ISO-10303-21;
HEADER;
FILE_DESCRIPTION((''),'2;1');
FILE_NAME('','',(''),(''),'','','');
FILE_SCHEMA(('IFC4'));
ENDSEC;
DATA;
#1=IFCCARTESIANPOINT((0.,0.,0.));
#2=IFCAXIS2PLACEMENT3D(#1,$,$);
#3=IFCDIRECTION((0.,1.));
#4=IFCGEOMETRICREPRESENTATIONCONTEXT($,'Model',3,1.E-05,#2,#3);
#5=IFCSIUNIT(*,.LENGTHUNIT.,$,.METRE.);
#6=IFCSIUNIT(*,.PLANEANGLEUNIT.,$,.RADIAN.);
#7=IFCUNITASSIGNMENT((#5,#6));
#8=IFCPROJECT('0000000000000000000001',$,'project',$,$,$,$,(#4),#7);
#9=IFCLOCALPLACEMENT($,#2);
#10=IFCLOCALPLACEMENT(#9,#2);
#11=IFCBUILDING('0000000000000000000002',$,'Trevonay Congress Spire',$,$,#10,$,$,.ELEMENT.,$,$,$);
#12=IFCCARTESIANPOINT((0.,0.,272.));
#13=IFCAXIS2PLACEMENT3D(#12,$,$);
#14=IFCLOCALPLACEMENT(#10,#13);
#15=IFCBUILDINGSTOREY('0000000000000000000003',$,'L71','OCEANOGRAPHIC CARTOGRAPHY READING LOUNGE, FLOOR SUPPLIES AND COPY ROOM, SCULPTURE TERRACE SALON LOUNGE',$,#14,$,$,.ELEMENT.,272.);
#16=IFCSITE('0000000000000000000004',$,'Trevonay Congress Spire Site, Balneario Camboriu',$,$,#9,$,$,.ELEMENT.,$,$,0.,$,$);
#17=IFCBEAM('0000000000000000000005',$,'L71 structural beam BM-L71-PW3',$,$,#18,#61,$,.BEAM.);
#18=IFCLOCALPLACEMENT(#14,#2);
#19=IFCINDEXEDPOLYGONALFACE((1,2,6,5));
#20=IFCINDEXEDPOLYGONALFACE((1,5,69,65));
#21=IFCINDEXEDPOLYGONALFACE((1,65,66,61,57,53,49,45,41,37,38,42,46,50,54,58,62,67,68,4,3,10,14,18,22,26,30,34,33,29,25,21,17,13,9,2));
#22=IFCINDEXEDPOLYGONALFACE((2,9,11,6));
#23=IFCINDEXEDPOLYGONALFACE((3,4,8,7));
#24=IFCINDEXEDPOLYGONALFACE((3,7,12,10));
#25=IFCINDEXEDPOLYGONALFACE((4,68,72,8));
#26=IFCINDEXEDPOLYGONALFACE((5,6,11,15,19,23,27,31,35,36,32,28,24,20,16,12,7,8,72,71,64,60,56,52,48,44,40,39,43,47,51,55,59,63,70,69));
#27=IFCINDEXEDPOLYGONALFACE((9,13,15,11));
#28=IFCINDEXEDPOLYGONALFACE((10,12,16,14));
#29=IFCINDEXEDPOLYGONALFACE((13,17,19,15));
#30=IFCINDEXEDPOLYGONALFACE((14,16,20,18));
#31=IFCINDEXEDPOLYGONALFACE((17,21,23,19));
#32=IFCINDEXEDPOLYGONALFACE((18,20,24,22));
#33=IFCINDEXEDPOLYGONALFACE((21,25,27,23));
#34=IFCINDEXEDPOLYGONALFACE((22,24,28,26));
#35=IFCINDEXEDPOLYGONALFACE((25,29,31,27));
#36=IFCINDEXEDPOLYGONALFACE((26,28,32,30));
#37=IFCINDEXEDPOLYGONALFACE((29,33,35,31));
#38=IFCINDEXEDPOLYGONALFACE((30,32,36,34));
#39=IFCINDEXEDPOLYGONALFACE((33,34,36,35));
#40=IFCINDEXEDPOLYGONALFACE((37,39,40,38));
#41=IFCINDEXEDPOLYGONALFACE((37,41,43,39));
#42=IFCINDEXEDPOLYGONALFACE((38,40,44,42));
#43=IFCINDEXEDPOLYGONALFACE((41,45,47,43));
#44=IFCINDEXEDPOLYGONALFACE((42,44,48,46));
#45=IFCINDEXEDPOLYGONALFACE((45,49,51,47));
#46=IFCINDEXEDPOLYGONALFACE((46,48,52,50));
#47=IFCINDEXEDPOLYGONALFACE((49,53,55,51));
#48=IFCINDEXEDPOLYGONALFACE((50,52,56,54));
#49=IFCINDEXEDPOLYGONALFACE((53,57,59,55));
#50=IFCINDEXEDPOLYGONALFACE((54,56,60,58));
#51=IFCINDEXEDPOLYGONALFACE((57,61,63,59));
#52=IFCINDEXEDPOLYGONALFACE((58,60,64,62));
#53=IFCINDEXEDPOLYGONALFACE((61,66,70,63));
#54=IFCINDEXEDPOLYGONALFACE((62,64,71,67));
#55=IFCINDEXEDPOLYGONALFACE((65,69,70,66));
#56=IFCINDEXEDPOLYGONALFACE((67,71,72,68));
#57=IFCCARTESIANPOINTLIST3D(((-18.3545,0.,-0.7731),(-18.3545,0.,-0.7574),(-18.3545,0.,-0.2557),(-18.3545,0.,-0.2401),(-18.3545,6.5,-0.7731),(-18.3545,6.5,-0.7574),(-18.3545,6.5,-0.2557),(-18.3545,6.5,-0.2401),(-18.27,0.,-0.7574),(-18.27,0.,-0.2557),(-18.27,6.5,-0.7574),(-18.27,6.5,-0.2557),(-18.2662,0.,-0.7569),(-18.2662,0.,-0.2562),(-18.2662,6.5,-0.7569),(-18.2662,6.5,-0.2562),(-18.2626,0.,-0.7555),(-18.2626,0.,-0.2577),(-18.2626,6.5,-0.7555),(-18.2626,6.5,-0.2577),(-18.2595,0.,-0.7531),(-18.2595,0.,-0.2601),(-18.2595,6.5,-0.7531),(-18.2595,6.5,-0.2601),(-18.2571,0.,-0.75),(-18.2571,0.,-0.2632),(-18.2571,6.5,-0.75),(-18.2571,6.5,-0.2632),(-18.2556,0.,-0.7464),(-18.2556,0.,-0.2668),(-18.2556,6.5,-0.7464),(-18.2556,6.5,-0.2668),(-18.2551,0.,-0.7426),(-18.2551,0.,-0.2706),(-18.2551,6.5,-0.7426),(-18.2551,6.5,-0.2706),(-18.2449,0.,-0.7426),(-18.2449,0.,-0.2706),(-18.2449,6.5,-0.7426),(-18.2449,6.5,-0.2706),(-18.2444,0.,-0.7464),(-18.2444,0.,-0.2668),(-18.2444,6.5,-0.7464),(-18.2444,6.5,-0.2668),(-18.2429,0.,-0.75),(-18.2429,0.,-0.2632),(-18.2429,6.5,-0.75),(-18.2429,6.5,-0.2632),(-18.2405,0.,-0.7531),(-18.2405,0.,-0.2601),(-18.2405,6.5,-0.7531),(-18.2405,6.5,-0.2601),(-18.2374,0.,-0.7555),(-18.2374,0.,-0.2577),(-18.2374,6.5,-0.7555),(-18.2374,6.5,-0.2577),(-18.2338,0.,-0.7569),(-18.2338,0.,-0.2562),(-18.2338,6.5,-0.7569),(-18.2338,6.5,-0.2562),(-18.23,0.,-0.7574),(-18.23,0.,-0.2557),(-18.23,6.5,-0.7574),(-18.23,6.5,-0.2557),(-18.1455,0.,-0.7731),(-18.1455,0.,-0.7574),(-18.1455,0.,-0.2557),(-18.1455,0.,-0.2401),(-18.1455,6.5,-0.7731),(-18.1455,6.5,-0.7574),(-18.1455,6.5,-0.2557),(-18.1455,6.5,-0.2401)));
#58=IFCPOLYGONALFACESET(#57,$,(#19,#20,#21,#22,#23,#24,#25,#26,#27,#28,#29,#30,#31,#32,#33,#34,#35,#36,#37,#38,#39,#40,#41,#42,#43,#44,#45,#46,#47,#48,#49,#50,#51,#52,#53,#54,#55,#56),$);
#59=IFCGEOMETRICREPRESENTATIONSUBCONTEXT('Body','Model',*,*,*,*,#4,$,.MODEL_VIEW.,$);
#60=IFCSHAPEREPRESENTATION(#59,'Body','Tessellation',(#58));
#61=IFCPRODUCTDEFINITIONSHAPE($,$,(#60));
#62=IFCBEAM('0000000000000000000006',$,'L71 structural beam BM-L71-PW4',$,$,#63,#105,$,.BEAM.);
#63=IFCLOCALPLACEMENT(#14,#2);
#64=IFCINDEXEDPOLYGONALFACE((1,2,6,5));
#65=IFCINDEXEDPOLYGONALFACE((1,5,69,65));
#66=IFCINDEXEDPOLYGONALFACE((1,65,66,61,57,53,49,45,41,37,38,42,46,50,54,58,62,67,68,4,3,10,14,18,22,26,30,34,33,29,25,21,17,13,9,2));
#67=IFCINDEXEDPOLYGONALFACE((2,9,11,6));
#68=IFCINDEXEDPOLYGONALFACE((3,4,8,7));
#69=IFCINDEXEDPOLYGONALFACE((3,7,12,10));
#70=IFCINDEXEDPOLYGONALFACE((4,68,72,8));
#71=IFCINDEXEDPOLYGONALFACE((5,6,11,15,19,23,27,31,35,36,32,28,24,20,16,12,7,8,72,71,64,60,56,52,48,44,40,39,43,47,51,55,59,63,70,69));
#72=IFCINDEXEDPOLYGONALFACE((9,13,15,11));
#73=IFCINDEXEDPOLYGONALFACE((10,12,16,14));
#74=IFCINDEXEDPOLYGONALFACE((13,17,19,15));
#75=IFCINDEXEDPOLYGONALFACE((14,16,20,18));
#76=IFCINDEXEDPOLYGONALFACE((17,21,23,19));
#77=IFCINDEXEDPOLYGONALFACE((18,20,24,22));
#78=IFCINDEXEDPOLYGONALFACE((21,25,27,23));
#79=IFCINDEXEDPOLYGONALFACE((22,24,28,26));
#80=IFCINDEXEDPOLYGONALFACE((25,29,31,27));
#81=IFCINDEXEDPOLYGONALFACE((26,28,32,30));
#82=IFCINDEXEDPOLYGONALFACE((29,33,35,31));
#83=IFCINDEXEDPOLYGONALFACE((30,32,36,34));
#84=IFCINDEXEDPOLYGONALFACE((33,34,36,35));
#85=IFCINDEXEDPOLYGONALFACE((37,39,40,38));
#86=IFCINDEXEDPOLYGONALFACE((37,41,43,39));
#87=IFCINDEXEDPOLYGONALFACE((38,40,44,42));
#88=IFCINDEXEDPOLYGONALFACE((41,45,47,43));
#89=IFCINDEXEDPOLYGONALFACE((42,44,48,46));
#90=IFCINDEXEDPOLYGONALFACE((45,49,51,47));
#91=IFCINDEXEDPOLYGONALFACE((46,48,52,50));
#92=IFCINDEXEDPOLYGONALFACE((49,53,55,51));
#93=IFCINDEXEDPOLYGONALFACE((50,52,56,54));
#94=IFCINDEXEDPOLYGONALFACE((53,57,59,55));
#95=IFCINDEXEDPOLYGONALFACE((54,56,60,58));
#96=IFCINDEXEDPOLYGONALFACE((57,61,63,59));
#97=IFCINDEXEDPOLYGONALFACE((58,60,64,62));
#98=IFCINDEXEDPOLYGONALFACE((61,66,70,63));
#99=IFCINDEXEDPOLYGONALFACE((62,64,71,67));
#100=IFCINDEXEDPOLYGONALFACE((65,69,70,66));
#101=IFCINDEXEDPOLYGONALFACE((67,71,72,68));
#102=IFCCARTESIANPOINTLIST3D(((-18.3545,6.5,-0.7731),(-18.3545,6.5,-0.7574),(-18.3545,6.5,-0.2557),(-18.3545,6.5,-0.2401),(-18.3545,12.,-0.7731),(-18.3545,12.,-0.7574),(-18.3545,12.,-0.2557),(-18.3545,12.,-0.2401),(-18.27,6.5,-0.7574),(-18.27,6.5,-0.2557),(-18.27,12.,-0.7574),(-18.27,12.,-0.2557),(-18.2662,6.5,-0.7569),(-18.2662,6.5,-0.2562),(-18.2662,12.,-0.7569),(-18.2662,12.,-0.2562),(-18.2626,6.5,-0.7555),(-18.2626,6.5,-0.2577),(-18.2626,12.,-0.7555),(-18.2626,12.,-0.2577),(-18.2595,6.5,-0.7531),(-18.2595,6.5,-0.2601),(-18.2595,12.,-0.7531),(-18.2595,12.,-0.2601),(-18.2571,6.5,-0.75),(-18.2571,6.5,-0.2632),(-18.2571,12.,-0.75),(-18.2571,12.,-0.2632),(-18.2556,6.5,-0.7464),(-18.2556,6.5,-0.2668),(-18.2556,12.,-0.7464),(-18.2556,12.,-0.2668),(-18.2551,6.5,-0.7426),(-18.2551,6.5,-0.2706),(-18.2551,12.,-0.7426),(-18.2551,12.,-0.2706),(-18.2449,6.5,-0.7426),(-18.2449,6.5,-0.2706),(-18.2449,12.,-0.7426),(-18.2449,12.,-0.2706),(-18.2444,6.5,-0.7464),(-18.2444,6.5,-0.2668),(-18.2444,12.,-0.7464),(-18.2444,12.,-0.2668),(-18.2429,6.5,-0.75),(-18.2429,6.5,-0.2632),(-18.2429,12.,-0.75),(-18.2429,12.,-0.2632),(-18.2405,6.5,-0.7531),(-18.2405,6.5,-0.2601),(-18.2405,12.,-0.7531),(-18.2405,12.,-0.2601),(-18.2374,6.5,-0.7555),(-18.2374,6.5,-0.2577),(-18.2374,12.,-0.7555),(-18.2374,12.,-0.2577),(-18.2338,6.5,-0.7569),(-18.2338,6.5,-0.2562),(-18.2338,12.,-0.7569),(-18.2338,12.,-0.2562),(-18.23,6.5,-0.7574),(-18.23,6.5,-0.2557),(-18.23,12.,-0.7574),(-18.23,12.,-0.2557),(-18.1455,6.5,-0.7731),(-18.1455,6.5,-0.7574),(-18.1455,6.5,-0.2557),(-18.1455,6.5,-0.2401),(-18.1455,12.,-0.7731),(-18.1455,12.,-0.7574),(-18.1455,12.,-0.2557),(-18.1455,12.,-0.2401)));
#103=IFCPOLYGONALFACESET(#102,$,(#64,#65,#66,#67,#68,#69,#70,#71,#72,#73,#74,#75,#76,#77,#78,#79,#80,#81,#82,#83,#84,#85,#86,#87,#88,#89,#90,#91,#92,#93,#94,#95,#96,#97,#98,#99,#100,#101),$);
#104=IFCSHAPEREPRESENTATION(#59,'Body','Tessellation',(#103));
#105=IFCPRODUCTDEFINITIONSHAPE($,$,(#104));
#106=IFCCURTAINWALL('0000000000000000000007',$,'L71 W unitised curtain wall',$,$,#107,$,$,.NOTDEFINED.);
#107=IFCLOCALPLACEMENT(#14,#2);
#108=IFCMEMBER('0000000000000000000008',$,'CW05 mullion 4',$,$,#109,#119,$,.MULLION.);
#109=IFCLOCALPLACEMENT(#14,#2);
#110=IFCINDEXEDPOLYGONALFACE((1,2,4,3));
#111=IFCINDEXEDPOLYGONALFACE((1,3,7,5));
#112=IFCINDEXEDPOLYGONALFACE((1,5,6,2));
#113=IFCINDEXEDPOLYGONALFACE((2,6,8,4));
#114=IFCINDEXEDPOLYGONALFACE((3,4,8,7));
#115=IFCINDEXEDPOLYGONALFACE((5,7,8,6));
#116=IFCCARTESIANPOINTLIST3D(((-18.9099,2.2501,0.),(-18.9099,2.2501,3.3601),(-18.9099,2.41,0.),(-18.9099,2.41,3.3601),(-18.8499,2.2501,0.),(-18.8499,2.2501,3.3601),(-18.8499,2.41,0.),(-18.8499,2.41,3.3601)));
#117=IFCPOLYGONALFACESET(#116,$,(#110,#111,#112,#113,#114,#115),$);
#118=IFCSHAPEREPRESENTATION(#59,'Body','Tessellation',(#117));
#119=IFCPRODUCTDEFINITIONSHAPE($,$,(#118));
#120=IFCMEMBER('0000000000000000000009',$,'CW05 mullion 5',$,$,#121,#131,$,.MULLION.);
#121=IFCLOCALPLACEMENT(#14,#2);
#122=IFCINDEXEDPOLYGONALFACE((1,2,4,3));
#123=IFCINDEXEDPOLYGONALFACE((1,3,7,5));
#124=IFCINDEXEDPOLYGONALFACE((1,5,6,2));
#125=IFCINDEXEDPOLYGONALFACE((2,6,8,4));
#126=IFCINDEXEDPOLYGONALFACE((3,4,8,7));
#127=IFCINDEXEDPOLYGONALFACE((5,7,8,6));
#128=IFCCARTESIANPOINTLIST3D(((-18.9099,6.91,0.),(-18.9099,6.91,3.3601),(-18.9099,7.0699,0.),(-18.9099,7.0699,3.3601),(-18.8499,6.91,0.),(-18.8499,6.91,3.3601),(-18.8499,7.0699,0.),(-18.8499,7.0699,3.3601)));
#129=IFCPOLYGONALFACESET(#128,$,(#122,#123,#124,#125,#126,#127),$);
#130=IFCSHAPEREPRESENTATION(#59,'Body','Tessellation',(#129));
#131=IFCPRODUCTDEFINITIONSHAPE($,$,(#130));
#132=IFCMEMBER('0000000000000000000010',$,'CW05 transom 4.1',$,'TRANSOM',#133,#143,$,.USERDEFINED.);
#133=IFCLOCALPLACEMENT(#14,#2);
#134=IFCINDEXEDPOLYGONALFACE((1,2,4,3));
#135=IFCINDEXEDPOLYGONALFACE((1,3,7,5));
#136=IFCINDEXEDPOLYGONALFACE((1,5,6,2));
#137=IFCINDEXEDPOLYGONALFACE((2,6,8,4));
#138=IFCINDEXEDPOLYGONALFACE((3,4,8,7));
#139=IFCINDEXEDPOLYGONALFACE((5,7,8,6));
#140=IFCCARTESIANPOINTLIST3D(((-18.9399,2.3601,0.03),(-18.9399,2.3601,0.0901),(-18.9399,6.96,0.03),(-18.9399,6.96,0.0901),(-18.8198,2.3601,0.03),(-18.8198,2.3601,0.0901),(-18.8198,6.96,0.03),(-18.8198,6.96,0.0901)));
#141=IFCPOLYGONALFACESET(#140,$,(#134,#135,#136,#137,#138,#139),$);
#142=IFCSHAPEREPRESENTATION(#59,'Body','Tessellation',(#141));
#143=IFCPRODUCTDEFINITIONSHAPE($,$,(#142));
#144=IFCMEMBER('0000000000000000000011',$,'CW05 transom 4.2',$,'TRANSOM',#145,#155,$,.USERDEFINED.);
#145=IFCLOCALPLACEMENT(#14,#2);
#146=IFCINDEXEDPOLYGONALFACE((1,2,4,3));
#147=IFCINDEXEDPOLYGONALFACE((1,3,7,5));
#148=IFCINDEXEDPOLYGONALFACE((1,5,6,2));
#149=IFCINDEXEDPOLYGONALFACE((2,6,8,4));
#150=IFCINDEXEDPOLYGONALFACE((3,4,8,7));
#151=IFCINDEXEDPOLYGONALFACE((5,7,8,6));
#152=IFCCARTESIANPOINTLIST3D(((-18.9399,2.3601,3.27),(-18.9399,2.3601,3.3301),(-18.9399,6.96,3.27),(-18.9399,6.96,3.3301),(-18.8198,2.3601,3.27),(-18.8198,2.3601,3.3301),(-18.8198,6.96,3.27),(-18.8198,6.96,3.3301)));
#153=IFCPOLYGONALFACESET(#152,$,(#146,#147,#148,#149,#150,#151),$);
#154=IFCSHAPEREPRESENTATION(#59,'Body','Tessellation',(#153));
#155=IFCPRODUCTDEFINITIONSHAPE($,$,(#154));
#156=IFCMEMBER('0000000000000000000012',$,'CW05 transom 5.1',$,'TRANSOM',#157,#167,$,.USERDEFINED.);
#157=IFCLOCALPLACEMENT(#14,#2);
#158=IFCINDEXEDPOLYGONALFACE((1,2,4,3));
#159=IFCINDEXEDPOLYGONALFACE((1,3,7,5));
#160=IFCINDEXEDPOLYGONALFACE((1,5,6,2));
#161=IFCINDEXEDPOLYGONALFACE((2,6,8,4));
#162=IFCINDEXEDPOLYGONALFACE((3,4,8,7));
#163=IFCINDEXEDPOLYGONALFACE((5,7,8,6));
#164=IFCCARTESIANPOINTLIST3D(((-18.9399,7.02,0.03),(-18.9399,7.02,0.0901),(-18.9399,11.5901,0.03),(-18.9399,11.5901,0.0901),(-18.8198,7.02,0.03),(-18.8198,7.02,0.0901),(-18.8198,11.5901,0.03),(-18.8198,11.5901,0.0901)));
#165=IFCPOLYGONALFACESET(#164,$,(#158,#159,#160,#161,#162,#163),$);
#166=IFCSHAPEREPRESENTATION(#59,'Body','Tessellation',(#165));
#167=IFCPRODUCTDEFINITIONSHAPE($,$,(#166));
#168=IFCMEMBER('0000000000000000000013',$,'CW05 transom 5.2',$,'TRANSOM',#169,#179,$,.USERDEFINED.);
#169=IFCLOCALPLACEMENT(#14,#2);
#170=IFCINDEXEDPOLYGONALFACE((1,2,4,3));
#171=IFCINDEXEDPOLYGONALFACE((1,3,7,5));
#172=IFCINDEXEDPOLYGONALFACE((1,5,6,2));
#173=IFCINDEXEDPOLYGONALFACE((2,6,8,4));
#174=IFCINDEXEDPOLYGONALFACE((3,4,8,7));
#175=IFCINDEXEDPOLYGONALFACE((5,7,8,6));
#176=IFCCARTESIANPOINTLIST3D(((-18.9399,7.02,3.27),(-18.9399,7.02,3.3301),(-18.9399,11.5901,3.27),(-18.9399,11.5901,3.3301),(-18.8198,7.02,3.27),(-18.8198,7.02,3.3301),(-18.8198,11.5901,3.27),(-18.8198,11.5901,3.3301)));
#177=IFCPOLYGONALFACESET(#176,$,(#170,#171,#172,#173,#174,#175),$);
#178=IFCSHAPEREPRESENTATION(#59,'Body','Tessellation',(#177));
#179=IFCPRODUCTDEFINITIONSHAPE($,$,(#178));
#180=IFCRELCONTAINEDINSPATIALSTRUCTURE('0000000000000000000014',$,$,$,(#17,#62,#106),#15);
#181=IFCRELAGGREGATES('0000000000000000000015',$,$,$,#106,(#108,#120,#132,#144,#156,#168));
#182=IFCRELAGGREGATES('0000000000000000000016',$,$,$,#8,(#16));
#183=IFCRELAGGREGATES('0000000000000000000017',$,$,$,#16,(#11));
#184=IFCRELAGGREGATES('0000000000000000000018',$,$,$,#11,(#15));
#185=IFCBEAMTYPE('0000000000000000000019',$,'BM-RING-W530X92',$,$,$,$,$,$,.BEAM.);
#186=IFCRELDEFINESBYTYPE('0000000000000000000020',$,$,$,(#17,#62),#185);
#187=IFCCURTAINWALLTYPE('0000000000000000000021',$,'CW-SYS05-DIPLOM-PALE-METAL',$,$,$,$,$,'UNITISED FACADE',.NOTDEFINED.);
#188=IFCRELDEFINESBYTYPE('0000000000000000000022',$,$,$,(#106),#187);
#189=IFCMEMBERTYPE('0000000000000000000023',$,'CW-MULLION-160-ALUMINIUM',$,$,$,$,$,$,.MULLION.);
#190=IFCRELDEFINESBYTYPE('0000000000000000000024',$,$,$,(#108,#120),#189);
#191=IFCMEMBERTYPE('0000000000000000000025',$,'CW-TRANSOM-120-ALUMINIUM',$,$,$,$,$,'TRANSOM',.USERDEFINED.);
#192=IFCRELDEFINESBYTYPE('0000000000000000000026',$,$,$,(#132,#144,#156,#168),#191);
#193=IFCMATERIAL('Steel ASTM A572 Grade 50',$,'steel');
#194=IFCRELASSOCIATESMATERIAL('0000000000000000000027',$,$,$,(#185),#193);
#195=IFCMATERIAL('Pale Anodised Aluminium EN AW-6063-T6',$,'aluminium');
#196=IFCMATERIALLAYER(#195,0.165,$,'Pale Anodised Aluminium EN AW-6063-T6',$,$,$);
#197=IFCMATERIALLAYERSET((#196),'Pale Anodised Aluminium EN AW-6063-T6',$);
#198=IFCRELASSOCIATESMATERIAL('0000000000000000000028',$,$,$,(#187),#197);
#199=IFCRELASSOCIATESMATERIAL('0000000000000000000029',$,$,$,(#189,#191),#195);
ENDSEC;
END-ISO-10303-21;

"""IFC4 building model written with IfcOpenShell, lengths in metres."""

from ifc_helpers import new_model, si_unit, direction, frame, origin, origin_2d, place, context, subcontext, project, spatial, rectangle, i_section, extrude, material, layer, layer_set, material_profile, profile_set, type_object, element, aggregate, save


model = new_model("IFC4")

# Units and contexts
model_context = context("Model", 3, precision=1e-05, world=origin(), true_north=direction((0.0, 1.0)))
body_context = subcontext(model_context, "Body", "Model", "MODEL_VIEW")
ifc_project = project(units=[si_unit("LENGTHUNIT", "METRE"), si_unit("PLANEANGLEUNIT", "RADIAN")], contexts=[model_context])

# Site, building, storey
site_placement = place(None, origin())
site = spatial("IfcSite", under=ifc_project, at=site_placement, Name="Trevonay Congress Spire Site, Balneario Camboriu", CompositionType="ELEMENT", RefElevation=0.0)
building_placement = place(site_placement, origin())
building = spatial("IfcBuilding", under=site, at=building_placement, Name="Trevonay Congress Spire", CompositionType="ELEMENT")
storey_placement = place(building_placement, frame((0.0, 0.0, 272.0)))
storey = spatial("IfcBuildingStorey", under=building, at=storey_placement, Name="L71", Description="OCEANOGRAPHIC CARTOGRAPHY READING LOUNGE, FLOOR SUPPLIES AND COPY ROOM, SCULPTURE TERRACE SALON LOUNGE", CompositionType="ELEMENT", Elevation=272.0)

# Shared definitions
ifc_material_1 = material(Name="Steel ASTM A572 Grade 50", Category="steel")

# Beams
ifc_material_profile_1 = material_profile(ifc_material_1, i_section(OverallWidth=0.209, OverallDepth=0.533, WebThickness=0.0103, FlangeThickness=0.0156, FilletRadius=0.0149, at=origin_2d()), Name="W530x92")
ifc_profile_set_1 = profile_set([ifc_material_profile_1], Name="Steel ASTM A572 Grade 50")
beam_type_1 = type_object("IfcBeamType", Name="BM-RING-W530X92", PredefinedType="BEAM", material=ifc_profile_set_1)
beam_1_placement = place(storey_placement, frame((-18.25, 0.0, -0.5066), z_axis=(0.0, 1.0, 0.0), x_axis=(-1.0, 0.0, 0.0)))
element("IfcBeam", 1, at=beam_1_placement, inside=storey, type_object=beam_type_1, Name="L71 structural beam BM-L71-PW3", PredefinedType="BEAM", context=body_context, shape_type="SweptSolid", body=[
    extrude(i_section(OverallWidth=0.209, OverallDepth=0.533, WebThickness=0.0103, FlangeThickness=0.0156, FilletRadius=0.0149, at=origin_2d()), origin(), (0.0, 0.0, 1.0), 6.5),
])
beam_2_placement = place(storey_placement, frame((-18.25, 6.5, -0.5066), z_axis=(0.0, 1.0, 0.0), x_axis=(-1.0, 0.0, 0.0)))
element("IfcBeam", 2, at=beam_2_placement, inside=storey, type_object=beam_type_1, Name="L71 structural beam BM-L71-PW4", PredefinedType="BEAM", context=body_context, shape_type="SweptSolid", body=[
    extrude(i_section(OverallWidth=0.209, OverallDepth=0.533, WebThickness=0.0103, FlangeThickness=0.0156, FilletRadius=0.0149, at=origin_2d()), origin(), (0.0, 0.0, 1.0), 5.5),
])

# Curtain wall, members
ifc_material_2 = material(Name="Pale Anodised Aluminium EN AW-6063-T6", Category="aluminium")
ifc_layer_1 = layer(ifc_material_2, 0.165, Name="Pale Anodised Aluminium EN AW-6063-T6")
ifc_layer_set_1 = layer_set([ifc_layer_1], Name="Pale Anodised Aluminium EN AW-6063-T6")
curtain_wall_type = type_object("IfcCurtainWallType", Name="CW-SYS05-DIPLOM-PALE-METAL", ElementType="UNITISED FACADE", PredefinedType="NOTDEFINED", material=ifc_layer_set_1)
curtain_wall_placement = place(storey_placement, origin())
curtain_wall = element("IfcCurtainWall", 3, at=curtain_wall_placement, inside=storey, type_object=curtain_wall_type, Name="L71 W unitised curtain wall", PredefinedType="NOTDEFINED")
ifc_material_profile_2 = material_profile(ifc_material_2, rectangle(XDim=0.0601, YDim=0.1599, at=origin_2d()), Name="CW-MULLION-160-ALUMINIUM")
ifc_profile_set_2 = profile_set([ifc_material_profile_2], Name="Pale Anodised Aluminium EN AW-6063-T6")
member_type_1 = type_object("IfcMemberType", Name="CW-MULLION-160-ALUMINIUM", PredefinedType="MULLION", material=ifc_profile_set_2)
member_1_placement = place(storey_placement, frame((-18.8799, 2.3301, 0.0), z_axis=(0.0, 0.0, 1.0), x_axis=(-1.0, 0.0, 0.0)))
member_1 = element("IfcMember", 4, at=member_1_placement, type_object=member_type_1, Name="CW05 mullion 4", PredefinedType="MULLION", context=body_context, shape_type="SweptSolid", body=[
    extrude(rectangle(XDim=0.0601, YDim=0.1599, at=origin_2d()), origin(), (0.0, 0.0, 1.0), 3.3601),
])
member_2_placement = place(storey_placement, frame((-18.8799, 6.99, 0.0), z_axis=(0.0, 0.0, 1.0), x_axis=(-1.0, 0.0, 0.0)))
member_2 = element("IfcMember", 5, at=member_2_placement, type_object=member_type_1, Name="CW05 mullion 5", PredefinedType="MULLION", context=body_context, shape_type="SweptSolid", body=[
    extrude(rectangle(XDim=0.0601, YDim=0.1599, at=origin_2d()), origin(), (0.0, 0.0, 1.0), 3.3601),
])
ifc_material_profile_3 = material_profile(ifc_material_2, rectangle(XDim=0.1201, YDim=0.0601, at=origin_2d()), Name="CW-TRANSOM-120-ALUMINIUM")
ifc_profile_set_3 = profile_set([ifc_material_profile_3], Name="Pale Anodised Aluminium EN AW-6063-T6")
member_type_2 = type_object("IfcMemberType", Name="CW-TRANSOM-120-ALUMINIUM", ElementType="TRANSOM", PredefinedType="USERDEFINED", material=ifc_profile_set_3)
member_3_placement = place(storey_placement, frame((-18.8799, 2.3601, 0.0601), z_axis=(0.0, 1.0, 0.0), x_axis=(-1.0, 0.0, 0.0)))
member_3 = element("IfcMember", 6, at=member_3_placement, type_object=member_type_2, Name="CW05 transom 4.1", ObjectType="TRANSOM", PredefinedType="USERDEFINED", context=body_context, shape_type="SweptSolid", body=[
    extrude(rectangle(XDim=0.1201, YDim=0.0601, at=origin_2d()), origin(), (0.0, 0.0, 1.0), 4.5999),
])
member_4_placement = place(storey_placement, frame((-18.8799, 2.3601, 3.3), z_axis=(0.0, 1.0, 0.0), x_axis=(-1.0, 0.0, 0.0)))
member_4 = element("IfcMember", 7, at=member_4_placement, type_object=member_type_2, Name="CW05 transom 4.2", ObjectType="TRANSOM", PredefinedType="USERDEFINED", context=body_context, shape_type="SweptSolid", body=[
    extrude(rectangle(XDim=0.1201, YDim=0.0601, at=origin_2d()), origin(), (0.0, 0.0, 1.0), 4.5999),
])
member_5_placement = place(storey_placement, frame((-18.8799, 7.02, 0.0601), z_axis=(0.0, 1.0, 0.0), x_axis=(-1.0, 0.0, 0.0)))
member_5 = element("IfcMember", 8, at=member_5_placement, type_object=member_type_2, Name="CW05 transom 5.1", ObjectType="TRANSOM", PredefinedType="USERDEFINED", context=body_context, shape_type="SweptSolid", body=[
    extrude(rectangle(XDim=0.1201, YDim=0.0601, at=origin_2d()), origin(), (0.0, 0.0, 1.0), 4.5701),
])
member_6_placement = place(storey_placement, frame((-18.8799, 7.02, 3.3), z_axis=(0.0, 1.0, 0.0), x_axis=(-1.0, 0.0, 0.0)))
member_6 = element("IfcMember", 9, at=member_6_placement, type_object=member_type_2, Name="CW05 transom 5.2", ObjectType="TRANSOM", PredefinedType="USERDEFINED", context=body_context, shape_type="SweptSolid", body=[
    extrude(rectangle(XDim=0.1201, YDim=0.0601, at=origin_2d()), origin(), (0.0, 0.0, 1.0), 4.5701),
])

aggregate(curtain_wall, [member_1, member_2, member_3, member_4, member_5, member_6])

save(model, "model.ifc")
